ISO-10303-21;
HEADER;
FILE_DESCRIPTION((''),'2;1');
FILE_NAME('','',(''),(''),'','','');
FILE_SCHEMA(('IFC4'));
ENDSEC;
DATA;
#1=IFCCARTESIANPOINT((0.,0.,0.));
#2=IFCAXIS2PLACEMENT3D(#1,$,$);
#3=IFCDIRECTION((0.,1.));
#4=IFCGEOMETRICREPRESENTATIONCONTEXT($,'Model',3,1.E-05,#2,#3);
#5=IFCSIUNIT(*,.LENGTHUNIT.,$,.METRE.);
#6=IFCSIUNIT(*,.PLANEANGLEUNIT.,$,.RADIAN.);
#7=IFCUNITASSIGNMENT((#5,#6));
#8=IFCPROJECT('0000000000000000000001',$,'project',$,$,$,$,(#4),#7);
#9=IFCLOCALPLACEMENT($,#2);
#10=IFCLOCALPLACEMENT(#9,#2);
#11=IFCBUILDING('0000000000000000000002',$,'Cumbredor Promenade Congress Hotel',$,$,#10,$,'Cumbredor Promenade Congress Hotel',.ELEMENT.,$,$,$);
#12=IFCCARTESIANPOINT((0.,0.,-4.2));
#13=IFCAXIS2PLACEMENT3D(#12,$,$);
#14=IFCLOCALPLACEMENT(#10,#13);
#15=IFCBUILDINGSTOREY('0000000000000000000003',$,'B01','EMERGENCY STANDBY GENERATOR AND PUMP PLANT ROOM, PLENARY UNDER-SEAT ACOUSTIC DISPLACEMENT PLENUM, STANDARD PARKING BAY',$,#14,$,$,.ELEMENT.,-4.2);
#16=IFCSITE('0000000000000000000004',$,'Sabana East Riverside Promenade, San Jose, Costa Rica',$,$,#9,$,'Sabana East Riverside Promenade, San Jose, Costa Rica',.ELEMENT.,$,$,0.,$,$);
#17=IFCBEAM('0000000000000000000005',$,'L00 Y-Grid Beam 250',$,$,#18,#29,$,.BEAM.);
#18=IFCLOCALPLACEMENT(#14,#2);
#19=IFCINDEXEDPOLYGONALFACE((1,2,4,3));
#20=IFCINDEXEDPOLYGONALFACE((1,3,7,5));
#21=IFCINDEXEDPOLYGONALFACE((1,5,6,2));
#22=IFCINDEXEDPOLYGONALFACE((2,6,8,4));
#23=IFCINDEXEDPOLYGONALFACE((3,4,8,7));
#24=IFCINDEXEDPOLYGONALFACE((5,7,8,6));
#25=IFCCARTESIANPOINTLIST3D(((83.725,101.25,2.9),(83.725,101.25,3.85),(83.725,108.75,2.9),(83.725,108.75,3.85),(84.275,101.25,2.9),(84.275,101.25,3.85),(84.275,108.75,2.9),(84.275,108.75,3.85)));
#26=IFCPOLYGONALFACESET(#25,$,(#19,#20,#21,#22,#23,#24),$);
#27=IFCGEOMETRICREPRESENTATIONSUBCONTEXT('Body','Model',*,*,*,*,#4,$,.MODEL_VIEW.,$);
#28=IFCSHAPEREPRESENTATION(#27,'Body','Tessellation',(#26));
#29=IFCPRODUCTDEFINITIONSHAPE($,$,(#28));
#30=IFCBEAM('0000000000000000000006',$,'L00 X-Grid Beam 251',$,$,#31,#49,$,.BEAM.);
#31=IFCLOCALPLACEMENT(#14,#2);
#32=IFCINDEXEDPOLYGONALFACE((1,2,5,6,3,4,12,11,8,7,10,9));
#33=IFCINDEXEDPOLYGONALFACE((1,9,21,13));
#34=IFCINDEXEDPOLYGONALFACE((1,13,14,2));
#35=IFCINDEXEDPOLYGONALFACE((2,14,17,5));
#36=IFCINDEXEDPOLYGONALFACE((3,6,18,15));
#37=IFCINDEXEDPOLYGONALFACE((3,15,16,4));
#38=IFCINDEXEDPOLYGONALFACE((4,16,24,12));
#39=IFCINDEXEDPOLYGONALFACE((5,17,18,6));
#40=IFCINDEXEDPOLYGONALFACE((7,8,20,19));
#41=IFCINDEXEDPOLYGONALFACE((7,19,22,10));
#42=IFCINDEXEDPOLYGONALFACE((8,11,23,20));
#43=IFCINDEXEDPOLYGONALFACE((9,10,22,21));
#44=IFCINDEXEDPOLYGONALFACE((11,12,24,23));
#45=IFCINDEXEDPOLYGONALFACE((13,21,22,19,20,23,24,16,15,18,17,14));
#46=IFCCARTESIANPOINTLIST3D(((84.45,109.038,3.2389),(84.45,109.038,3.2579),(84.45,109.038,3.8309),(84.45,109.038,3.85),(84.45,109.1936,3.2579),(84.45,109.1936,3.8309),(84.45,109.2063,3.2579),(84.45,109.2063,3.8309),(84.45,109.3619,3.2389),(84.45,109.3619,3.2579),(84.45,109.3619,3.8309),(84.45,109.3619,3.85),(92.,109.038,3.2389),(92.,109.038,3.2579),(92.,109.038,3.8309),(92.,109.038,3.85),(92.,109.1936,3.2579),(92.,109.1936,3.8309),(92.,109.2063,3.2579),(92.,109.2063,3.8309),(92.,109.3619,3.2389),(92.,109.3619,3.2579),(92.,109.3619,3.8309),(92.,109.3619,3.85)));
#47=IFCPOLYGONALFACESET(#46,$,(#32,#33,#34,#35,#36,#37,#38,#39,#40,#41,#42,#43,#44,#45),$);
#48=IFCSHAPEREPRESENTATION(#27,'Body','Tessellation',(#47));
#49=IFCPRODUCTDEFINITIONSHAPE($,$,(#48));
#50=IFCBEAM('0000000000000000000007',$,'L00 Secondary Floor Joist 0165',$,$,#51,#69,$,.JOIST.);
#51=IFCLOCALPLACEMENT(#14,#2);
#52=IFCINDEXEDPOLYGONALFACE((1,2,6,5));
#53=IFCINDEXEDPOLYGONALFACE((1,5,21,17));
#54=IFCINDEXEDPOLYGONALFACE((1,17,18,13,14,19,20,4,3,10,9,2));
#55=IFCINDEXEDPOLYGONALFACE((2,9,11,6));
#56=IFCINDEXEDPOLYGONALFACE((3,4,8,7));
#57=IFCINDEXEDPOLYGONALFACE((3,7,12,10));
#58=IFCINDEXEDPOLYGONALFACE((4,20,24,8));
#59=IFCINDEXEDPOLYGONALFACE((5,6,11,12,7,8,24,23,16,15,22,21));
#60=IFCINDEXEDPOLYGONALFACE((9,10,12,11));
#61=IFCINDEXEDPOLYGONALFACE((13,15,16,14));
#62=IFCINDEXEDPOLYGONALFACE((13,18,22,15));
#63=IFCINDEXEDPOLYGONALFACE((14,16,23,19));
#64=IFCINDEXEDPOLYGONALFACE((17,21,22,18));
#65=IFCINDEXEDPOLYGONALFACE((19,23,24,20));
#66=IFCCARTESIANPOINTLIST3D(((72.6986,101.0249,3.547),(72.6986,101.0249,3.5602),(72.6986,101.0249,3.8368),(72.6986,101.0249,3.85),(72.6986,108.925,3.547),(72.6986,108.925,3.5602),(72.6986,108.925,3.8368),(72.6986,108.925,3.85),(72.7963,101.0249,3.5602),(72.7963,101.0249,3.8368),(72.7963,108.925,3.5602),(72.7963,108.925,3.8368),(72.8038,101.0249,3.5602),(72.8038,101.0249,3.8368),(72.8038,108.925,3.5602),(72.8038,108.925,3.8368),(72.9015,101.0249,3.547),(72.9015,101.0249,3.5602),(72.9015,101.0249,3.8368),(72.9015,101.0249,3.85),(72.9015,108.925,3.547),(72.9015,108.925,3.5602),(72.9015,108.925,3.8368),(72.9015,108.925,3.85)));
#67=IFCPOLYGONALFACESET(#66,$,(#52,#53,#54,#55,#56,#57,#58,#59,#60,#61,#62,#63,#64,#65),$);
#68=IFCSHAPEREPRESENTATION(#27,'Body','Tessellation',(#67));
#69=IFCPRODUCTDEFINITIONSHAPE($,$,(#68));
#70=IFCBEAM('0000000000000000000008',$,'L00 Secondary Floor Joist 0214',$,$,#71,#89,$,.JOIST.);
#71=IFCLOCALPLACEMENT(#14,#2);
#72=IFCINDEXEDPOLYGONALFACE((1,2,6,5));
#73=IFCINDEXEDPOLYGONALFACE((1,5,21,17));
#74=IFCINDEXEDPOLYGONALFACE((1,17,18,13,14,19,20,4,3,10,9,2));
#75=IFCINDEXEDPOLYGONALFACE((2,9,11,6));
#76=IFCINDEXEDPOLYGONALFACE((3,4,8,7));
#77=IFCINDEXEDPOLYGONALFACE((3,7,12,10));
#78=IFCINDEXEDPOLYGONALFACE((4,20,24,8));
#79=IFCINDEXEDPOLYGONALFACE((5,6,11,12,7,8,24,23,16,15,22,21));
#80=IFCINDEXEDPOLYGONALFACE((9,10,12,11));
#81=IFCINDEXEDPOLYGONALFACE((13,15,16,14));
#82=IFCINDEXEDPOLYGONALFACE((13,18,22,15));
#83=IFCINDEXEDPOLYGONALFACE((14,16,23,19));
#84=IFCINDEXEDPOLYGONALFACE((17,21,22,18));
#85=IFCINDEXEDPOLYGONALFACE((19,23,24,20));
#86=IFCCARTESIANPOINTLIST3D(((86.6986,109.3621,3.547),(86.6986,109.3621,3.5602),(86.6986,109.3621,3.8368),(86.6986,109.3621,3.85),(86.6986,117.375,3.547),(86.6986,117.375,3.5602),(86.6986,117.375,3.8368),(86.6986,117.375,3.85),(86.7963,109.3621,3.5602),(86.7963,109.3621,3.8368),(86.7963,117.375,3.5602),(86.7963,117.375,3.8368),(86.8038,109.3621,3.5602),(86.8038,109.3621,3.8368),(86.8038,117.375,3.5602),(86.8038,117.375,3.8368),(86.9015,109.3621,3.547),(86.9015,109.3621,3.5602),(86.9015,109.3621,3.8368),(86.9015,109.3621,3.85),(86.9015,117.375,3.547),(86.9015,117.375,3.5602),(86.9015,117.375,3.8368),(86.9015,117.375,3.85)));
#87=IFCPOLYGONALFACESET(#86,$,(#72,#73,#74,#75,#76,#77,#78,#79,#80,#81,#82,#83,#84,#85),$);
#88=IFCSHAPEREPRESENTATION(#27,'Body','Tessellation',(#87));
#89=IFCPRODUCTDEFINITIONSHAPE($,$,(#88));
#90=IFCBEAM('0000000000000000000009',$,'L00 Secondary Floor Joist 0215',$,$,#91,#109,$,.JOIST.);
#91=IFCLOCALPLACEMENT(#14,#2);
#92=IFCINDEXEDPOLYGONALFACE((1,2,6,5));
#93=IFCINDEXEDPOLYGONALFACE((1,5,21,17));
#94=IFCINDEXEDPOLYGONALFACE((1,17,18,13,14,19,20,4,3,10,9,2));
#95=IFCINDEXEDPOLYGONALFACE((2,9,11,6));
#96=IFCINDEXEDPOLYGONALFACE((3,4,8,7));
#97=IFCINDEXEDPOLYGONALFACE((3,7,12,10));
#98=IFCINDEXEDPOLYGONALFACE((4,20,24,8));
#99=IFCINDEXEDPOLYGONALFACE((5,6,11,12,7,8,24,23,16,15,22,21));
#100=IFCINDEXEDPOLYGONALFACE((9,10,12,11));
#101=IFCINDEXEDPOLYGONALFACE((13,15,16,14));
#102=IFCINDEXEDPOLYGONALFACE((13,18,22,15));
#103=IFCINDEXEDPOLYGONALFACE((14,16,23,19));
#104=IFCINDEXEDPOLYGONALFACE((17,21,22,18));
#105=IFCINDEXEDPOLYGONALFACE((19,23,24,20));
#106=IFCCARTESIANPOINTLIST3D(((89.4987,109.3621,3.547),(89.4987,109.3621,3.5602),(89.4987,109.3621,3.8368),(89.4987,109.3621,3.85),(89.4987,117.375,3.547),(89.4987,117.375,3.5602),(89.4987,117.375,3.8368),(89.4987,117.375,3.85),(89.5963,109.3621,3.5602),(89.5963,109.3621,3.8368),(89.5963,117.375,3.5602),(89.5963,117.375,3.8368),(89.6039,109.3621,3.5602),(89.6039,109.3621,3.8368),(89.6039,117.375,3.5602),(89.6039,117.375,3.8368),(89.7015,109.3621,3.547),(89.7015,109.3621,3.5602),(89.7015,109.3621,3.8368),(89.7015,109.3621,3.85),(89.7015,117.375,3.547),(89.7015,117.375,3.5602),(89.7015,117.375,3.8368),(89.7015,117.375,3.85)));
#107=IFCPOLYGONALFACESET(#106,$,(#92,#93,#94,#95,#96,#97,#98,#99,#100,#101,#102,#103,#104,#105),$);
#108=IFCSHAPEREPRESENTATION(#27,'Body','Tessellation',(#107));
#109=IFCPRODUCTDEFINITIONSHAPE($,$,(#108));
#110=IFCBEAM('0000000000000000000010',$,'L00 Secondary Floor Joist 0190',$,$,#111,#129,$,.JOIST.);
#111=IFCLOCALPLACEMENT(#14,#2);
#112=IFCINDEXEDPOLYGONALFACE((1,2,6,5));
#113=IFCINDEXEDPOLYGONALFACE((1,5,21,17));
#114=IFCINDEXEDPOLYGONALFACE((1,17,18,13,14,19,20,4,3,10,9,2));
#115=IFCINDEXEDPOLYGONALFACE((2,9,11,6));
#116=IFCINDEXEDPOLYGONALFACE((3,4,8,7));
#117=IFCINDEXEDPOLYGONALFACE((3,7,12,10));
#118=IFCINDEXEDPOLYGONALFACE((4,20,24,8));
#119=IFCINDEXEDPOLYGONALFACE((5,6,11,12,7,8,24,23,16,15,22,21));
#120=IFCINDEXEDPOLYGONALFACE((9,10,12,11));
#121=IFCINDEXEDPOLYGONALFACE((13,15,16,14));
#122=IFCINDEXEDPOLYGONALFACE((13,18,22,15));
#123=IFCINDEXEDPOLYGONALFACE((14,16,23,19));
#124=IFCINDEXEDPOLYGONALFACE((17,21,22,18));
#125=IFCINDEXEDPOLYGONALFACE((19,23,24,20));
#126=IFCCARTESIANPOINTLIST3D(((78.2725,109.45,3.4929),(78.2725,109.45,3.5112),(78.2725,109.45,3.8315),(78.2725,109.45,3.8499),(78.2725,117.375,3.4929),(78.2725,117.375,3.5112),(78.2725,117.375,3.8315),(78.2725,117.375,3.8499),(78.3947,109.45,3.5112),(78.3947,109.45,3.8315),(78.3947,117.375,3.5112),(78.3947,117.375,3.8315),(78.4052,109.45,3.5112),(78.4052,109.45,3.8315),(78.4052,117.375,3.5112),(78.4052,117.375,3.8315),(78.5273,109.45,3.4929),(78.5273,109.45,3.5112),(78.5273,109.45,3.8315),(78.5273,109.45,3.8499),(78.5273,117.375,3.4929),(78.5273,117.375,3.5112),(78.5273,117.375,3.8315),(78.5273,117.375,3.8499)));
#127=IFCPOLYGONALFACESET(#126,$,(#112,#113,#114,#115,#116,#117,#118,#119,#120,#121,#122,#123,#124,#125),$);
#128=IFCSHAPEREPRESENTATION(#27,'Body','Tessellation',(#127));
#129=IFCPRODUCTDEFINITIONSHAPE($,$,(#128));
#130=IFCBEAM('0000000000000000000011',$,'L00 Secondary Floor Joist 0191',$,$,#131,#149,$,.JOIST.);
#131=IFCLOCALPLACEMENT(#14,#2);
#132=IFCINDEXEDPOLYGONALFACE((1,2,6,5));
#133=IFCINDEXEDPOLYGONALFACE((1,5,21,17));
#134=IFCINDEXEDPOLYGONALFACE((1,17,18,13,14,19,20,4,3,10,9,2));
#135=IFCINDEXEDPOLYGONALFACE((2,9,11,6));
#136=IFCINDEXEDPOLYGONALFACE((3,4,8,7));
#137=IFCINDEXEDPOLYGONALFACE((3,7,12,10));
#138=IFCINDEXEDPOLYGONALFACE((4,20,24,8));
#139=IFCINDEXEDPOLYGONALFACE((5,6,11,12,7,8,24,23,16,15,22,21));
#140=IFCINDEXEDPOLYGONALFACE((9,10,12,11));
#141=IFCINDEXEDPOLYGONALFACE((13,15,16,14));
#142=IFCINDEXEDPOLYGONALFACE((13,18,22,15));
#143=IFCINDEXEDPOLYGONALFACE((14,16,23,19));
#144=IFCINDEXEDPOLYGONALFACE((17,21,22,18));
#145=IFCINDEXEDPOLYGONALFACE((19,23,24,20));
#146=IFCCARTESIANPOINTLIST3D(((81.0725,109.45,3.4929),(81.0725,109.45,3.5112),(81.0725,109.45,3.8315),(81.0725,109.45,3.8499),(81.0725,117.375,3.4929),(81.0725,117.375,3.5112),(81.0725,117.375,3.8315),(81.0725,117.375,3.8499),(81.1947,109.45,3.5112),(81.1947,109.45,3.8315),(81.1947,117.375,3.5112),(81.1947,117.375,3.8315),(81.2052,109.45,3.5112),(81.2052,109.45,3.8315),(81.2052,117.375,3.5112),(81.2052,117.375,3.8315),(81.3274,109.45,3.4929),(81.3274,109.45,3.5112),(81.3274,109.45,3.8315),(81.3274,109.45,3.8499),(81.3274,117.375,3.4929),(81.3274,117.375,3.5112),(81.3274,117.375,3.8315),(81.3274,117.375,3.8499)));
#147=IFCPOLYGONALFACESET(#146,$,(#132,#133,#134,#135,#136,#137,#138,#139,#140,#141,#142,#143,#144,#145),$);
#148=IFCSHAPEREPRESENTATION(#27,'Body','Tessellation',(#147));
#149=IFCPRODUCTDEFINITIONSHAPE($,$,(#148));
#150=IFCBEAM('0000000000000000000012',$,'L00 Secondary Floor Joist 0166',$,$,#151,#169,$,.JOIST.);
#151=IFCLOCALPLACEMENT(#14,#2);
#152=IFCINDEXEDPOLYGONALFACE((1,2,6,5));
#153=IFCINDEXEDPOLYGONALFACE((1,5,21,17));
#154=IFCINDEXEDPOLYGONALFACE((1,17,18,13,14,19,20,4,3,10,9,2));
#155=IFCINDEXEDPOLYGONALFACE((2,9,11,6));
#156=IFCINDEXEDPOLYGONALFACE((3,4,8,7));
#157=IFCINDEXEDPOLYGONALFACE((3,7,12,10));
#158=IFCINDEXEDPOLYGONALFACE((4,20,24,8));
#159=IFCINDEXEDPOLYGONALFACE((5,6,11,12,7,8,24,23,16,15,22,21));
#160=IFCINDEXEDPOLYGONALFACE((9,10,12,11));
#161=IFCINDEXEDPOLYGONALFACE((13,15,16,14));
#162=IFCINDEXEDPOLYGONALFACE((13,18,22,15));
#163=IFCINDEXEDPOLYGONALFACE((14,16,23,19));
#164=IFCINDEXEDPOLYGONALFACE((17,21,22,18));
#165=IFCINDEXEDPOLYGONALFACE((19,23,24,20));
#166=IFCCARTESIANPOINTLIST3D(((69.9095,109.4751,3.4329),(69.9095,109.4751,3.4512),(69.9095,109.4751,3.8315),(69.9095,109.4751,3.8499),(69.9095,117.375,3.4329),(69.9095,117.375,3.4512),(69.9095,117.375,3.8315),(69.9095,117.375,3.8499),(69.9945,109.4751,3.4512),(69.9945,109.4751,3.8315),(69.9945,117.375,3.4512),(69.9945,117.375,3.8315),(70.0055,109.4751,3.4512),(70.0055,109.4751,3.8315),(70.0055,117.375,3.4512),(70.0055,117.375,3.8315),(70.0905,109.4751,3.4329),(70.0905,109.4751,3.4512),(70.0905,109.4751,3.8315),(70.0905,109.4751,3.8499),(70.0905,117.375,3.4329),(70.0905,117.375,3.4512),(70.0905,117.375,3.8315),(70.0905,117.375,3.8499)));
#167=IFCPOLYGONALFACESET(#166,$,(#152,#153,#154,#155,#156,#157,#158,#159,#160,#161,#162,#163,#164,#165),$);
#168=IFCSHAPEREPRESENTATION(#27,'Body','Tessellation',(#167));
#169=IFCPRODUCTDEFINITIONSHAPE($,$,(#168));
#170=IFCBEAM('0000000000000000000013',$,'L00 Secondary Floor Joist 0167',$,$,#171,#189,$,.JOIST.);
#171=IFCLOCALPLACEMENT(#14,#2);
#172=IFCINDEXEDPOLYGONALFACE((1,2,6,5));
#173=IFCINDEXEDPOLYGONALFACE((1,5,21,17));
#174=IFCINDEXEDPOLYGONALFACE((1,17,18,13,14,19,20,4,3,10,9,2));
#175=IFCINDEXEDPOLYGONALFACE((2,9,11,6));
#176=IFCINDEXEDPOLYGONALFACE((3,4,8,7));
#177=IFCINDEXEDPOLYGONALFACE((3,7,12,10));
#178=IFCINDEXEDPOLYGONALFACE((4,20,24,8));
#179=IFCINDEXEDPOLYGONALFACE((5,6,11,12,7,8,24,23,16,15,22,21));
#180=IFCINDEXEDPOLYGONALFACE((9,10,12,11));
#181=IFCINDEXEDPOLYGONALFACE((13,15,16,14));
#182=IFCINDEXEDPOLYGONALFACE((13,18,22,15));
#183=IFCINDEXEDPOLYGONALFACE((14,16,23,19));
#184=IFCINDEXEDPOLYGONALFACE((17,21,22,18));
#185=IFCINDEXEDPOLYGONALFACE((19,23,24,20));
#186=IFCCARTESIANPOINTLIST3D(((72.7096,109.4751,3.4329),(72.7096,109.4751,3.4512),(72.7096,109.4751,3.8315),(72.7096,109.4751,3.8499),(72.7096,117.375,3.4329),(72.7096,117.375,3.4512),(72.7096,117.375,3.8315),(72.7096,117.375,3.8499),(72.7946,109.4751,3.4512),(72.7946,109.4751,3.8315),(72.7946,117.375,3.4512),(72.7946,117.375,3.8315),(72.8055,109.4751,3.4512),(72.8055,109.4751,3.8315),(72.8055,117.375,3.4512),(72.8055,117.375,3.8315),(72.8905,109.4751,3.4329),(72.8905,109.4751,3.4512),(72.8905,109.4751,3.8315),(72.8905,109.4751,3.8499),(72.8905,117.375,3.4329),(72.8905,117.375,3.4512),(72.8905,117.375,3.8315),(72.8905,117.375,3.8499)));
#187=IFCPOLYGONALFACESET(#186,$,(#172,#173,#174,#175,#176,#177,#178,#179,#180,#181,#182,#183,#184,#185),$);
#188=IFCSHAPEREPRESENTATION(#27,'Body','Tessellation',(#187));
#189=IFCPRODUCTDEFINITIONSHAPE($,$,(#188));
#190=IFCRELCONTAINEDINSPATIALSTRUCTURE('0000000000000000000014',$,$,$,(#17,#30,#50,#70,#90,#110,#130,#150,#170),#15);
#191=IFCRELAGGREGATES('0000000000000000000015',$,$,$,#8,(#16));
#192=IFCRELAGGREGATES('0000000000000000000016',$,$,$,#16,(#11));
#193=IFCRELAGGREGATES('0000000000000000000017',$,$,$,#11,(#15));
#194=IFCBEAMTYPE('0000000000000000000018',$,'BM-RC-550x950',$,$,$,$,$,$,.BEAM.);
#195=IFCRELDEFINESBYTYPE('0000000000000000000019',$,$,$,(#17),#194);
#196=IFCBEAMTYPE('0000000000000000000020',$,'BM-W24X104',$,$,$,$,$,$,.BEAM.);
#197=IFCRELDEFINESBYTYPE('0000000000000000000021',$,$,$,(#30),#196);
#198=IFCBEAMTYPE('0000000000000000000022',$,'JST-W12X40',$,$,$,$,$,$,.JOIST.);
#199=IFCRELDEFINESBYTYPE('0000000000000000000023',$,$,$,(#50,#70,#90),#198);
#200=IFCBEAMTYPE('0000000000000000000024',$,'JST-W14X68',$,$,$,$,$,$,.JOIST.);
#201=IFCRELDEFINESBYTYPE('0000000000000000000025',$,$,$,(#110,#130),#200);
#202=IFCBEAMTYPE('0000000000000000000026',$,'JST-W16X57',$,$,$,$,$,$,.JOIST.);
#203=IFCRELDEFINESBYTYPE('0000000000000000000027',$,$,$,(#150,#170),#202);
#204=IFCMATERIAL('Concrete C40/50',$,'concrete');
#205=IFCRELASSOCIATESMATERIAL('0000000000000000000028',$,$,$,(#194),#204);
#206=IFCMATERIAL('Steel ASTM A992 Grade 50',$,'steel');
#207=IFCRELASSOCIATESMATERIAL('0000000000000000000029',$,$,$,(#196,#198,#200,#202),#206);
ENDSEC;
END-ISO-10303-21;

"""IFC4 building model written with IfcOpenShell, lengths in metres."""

from ifc_helpers import new_model, si_unit, direction, frame, origin, origin_2d, place, context, subcontext, project, spatial, rectangle, i_section, extrude, material, material_profile, profile_set, type_object, element, save


model = new_model("IFC4")

# Units and contexts
model_context = context("Model", 3, precision=1e-05, world=origin(), true_north=direction((0.0, 1.0)))
body_context = subcontext(model_context, "Body", "Model", "MODEL_VIEW")
ifc_project = project(units=[si_unit("LENGTHUNIT", "METRE"), si_unit("PLANEANGLEUNIT", "RADIAN")], contexts=[model_context])

# Site, building, storey
site_placement = place(None, origin())
site = spatial("IfcSite", under=ifc_project, at=site_placement, Name="Sabana East Riverside Promenade, San Jose, Costa Rica", LongName="Sabana East Riverside Promenade, San Jose, Costa Rica", CompositionType="ELEMENT", RefElevation=0.0)
building_placement = place(site_placement, origin())
building = spatial("IfcBuilding", under=site, at=building_placement, Name="Cumbredor Promenade Congress Hotel", LongName="Cumbredor Promenade Congress Hotel", CompositionType="ELEMENT")
storey_placement = place(building_placement, frame((0.0, 0.0, -4.2)))
storey = spatial("IfcBuildingStorey", under=building, at=storey_placement, Name="B01", Description="EMERGENCY STANDBY GENERATOR AND PUMP PLANT ROOM, PLENARY UNDER-SEAT ACOUSTIC DISPLACEMENT PLENUM, STANDARD PARKING BAY", CompositionType="ELEMENT", Elevation=-4.2)

# Shared definitions
ifc_material_1 = material(Name="Concrete C40/50", Category="concrete")

# Beams
ifc_material_profile_1 = material_profile(ifc_material_1, rectangle(XDim=0.55, YDim=0.95, at=origin_2d()), Name="RC BEAM 550x950")
ifc_profile_set_1 = profile_set([ifc_material_profile_1], Name="Concrete C40/50")
beam_type_1 = type_object("IfcBeamType", Name="BM-RC-550x950", PredefinedType="BEAM", material=ifc_profile_set_1)
beam_1_placement = place(storey_placement, frame((84.0, 101.25, 3.375), z_axis=(0.0, 1.0, 0.0), x_axis=(-1.0, 0.0, 0.0)))
element("IfcBeam", 1, at=beam_1_placement, inside=storey, type_object=beam_type_1, Name="L00 Y-Grid Beam 250", PredefinedType="BEAM", context=body_context, shape_type="SweptSolid", body=[
    extrude(rectangle(XDim=0.55, YDim=0.95, at=origin_2d()), origin(), (0.0, 0.0, 1.0), 7.5),
])
ifc_material_2 = material(Name="Steel ASTM A992 Grade 50", Category="steel")
ifc_material_profile_2 = material_profile(ifc_material_2, i_section(OverallWidth=0.324, OverallDepth=0.6111, WebThickness=0.0127, FlangeThickness=0.019, at=origin_2d()), Name="W24X104")
ifc_profile_set_2 = profile_set([ifc_material_profile_2], Name="Steel ASTM A992 Grade 50")
beam_type_2 = type_object("IfcBeamType", Name="BM-W24X104", PredefinedType="BEAM", material=ifc_profile_set_2)
beam_2_placement = place(storey_placement, frame((84.45, 109.2, 3.5444), z_axis=(1.0, 0.0, 0.0), x_axis=(0.0, 1.0, 0.0)))
element("IfcBeam", 2, at=beam_2_placement, inside=storey, type_object=beam_type_2, Name="L00 X-Grid Beam 251", PredefinedType="BEAM", context=body_context, shape_type="SweptSolid", body=[
    extrude(i_section(OverallWidth=0.324, OverallDepth=0.6111, WebThickness=0.0127, FlangeThickness=0.019, at=origin_2d()), origin(), (0.0, 0.0, 1.0), 7.55),
])
ifc_material_profile_3 = material_profile(ifc_material_2, i_section(OverallWidth=0.2029, OverallDepth=0.303, WebThickness=0.0076, FlangeThickness=0.0132, at=origin_2d()), Name="W12X40")
ifc_profile_set_3 = profile_set([ifc_material_profile_3], Name="Steel ASTM A992 Grade 50")
beam_type_3 = type_object("IfcBeamType", Name="JST-W12X40", PredefinedType="JOIST", material=ifc_profile_set_3)
beam_3_placement = place(storey_placement, frame((72.8, 101.0249, 3.6985), z_axis=(0.0, 1.0, 0.0), x_axis=(-1.0, 0.0, 0.0)))
element("IfcBeam", 3, at=beam_3_placement, inside=storey, type_object=beam_type_3, Name="L00 Secondary Floor Joist 0165", PredefinedType="JOIST", context=body_context, shape_type="SweptSolid", body=[
    extrude(i_section(OverallWidth=0.2029, OverallDepth=0.303, WebThickness=0.0076, FlangeThickness=0.0132, at=origin_2d()), origin(), (0.0, 0.0, 1.0), 7.9001),
])
for number, where, z_axis, x_axis, name in (
    (4, (86.8, 109.3621, 3.6985), (0.0, 1.0, 0.0), (-1.0, 0.0, 0.0), "L00 Secondary Floor Joist 0214"),
    (5, (89.6001, 109.3621, 3.6985), (0.0, 1.0, 0.0), (-1.0, 0.0, 0.0), "L00 Secondary Floor Joist 0215"),
):
    element("IfcBeam", number, at=place(storey_placement, frame(where, z_axis=z_axis, x_axis=x_axis)), inside=storey, type_object=beam_type_3, Name=name, PredefinedType="JOIST", context=body_context, shape_type="SweptSolid", body=[
        extrude(i_section(OverallWidth=0.2029, OverallDepth=0.303, WebThickness=0.0076, FlangeThickness=0.0132, at=origin_2d()), origin(), (0.0, 0.0, 1.0), 8.0129),
    ])
ifc_material_profile_4 = material_profile(ifc_material_2, i_section(OverallWidth=0.2549, OverallDepth=0.3569, WebThickness=0.0105, FlangeThickness=0.0183, at=origin_2d()), Name="W14X68")
ifc_profile_set_4 = profile_set([ifc_material_profile_4], Name="Steel ASTM A992 Grade 50")
beam_type_4 = type_object("IfcBeamType", Name="JST-W14X68", PredefinedType="JOIST", material=ifc_profile_set_4)
for number, where, z_axis, x_axis, name in (
    (6, (78.3999, 109.45, 3.6714), (0.0, 1.0, 0.0), (-1.0, 0.0, 0.0), "L00 Secondary Floor Joist 0190"),
    (7, (81.2, 109.45, 3.6714), (0.0, 1.0, 0.0), (-1.0, 0.0, 0.0), "L00 Secondary Floor Joist 0191"),
):
    element("IfcBeam", number, at=place(storey_placement, frame(where, z_axis=z_axis, x_axis=x_axis)), inside=storey, type_object=beam_type_4, Name=name, PredefinedType="JOIST", context=body_context, shape_type="SweptSolid", body=[
        extrude(i_section(OverallWidth=0.2549, OverallDepth=0.3569, WebThickness=0.0105, FlangeThickness=0.0183, at=origin_2d()), origin(), (0.0, 0.0, 1.0), 7.925),
    ])
ifc_material_profile_5 = material_profile(ifc_material_2, i_section(OverallWidth=0.1809, OverallDepth=0.417, WebThickness=0.011, FlangeThickness=0.0183, at=origin_2d()), Name="W16X57")
ifc_profile_set_5 = profile_set([ifc_material_profile_5], Name="Steel ASTM A992 Grade 50")
beam_type_5 = type_object("IfcBeamType", Name="JST-W16X57", PredefinedType="JOIST", material=ifc_profile_set_5)
for number, where, z_axis, x_axis, name in (
    (8, (70.0, 109.4751, 3.6414), (0.0, 1.0, 0.0), (-1.0, 0.0, 0.0), "L00 Secondary Floor Joist 0166"),
    (9, (72.8, 109.4751, 3.6414), (0.0, 1.0, 0.0), (-1.0, 0.0, 0.0), "L00 Secondary Floor Joist 0167"),
):
    element("IfcBeam", number, at=place(storey_placement, frame(where, z_axis=z_axis, x_axis=x_axis)), inside=storey, type_object=beam_type_5, Name=name, PredefinedType="JOIST", context=body_context, shape_type="SweptSolid", body=[
        extrude(i_section(OverallWidth=0.1809, OverallDepth=0.417, WebThickness=0.011, FlangeThickness=0.0183, at=origin_2d()), origin(), (0.0, 0.0, 1.0), 7.8999),
    ])

save(model, "model.ifc")
